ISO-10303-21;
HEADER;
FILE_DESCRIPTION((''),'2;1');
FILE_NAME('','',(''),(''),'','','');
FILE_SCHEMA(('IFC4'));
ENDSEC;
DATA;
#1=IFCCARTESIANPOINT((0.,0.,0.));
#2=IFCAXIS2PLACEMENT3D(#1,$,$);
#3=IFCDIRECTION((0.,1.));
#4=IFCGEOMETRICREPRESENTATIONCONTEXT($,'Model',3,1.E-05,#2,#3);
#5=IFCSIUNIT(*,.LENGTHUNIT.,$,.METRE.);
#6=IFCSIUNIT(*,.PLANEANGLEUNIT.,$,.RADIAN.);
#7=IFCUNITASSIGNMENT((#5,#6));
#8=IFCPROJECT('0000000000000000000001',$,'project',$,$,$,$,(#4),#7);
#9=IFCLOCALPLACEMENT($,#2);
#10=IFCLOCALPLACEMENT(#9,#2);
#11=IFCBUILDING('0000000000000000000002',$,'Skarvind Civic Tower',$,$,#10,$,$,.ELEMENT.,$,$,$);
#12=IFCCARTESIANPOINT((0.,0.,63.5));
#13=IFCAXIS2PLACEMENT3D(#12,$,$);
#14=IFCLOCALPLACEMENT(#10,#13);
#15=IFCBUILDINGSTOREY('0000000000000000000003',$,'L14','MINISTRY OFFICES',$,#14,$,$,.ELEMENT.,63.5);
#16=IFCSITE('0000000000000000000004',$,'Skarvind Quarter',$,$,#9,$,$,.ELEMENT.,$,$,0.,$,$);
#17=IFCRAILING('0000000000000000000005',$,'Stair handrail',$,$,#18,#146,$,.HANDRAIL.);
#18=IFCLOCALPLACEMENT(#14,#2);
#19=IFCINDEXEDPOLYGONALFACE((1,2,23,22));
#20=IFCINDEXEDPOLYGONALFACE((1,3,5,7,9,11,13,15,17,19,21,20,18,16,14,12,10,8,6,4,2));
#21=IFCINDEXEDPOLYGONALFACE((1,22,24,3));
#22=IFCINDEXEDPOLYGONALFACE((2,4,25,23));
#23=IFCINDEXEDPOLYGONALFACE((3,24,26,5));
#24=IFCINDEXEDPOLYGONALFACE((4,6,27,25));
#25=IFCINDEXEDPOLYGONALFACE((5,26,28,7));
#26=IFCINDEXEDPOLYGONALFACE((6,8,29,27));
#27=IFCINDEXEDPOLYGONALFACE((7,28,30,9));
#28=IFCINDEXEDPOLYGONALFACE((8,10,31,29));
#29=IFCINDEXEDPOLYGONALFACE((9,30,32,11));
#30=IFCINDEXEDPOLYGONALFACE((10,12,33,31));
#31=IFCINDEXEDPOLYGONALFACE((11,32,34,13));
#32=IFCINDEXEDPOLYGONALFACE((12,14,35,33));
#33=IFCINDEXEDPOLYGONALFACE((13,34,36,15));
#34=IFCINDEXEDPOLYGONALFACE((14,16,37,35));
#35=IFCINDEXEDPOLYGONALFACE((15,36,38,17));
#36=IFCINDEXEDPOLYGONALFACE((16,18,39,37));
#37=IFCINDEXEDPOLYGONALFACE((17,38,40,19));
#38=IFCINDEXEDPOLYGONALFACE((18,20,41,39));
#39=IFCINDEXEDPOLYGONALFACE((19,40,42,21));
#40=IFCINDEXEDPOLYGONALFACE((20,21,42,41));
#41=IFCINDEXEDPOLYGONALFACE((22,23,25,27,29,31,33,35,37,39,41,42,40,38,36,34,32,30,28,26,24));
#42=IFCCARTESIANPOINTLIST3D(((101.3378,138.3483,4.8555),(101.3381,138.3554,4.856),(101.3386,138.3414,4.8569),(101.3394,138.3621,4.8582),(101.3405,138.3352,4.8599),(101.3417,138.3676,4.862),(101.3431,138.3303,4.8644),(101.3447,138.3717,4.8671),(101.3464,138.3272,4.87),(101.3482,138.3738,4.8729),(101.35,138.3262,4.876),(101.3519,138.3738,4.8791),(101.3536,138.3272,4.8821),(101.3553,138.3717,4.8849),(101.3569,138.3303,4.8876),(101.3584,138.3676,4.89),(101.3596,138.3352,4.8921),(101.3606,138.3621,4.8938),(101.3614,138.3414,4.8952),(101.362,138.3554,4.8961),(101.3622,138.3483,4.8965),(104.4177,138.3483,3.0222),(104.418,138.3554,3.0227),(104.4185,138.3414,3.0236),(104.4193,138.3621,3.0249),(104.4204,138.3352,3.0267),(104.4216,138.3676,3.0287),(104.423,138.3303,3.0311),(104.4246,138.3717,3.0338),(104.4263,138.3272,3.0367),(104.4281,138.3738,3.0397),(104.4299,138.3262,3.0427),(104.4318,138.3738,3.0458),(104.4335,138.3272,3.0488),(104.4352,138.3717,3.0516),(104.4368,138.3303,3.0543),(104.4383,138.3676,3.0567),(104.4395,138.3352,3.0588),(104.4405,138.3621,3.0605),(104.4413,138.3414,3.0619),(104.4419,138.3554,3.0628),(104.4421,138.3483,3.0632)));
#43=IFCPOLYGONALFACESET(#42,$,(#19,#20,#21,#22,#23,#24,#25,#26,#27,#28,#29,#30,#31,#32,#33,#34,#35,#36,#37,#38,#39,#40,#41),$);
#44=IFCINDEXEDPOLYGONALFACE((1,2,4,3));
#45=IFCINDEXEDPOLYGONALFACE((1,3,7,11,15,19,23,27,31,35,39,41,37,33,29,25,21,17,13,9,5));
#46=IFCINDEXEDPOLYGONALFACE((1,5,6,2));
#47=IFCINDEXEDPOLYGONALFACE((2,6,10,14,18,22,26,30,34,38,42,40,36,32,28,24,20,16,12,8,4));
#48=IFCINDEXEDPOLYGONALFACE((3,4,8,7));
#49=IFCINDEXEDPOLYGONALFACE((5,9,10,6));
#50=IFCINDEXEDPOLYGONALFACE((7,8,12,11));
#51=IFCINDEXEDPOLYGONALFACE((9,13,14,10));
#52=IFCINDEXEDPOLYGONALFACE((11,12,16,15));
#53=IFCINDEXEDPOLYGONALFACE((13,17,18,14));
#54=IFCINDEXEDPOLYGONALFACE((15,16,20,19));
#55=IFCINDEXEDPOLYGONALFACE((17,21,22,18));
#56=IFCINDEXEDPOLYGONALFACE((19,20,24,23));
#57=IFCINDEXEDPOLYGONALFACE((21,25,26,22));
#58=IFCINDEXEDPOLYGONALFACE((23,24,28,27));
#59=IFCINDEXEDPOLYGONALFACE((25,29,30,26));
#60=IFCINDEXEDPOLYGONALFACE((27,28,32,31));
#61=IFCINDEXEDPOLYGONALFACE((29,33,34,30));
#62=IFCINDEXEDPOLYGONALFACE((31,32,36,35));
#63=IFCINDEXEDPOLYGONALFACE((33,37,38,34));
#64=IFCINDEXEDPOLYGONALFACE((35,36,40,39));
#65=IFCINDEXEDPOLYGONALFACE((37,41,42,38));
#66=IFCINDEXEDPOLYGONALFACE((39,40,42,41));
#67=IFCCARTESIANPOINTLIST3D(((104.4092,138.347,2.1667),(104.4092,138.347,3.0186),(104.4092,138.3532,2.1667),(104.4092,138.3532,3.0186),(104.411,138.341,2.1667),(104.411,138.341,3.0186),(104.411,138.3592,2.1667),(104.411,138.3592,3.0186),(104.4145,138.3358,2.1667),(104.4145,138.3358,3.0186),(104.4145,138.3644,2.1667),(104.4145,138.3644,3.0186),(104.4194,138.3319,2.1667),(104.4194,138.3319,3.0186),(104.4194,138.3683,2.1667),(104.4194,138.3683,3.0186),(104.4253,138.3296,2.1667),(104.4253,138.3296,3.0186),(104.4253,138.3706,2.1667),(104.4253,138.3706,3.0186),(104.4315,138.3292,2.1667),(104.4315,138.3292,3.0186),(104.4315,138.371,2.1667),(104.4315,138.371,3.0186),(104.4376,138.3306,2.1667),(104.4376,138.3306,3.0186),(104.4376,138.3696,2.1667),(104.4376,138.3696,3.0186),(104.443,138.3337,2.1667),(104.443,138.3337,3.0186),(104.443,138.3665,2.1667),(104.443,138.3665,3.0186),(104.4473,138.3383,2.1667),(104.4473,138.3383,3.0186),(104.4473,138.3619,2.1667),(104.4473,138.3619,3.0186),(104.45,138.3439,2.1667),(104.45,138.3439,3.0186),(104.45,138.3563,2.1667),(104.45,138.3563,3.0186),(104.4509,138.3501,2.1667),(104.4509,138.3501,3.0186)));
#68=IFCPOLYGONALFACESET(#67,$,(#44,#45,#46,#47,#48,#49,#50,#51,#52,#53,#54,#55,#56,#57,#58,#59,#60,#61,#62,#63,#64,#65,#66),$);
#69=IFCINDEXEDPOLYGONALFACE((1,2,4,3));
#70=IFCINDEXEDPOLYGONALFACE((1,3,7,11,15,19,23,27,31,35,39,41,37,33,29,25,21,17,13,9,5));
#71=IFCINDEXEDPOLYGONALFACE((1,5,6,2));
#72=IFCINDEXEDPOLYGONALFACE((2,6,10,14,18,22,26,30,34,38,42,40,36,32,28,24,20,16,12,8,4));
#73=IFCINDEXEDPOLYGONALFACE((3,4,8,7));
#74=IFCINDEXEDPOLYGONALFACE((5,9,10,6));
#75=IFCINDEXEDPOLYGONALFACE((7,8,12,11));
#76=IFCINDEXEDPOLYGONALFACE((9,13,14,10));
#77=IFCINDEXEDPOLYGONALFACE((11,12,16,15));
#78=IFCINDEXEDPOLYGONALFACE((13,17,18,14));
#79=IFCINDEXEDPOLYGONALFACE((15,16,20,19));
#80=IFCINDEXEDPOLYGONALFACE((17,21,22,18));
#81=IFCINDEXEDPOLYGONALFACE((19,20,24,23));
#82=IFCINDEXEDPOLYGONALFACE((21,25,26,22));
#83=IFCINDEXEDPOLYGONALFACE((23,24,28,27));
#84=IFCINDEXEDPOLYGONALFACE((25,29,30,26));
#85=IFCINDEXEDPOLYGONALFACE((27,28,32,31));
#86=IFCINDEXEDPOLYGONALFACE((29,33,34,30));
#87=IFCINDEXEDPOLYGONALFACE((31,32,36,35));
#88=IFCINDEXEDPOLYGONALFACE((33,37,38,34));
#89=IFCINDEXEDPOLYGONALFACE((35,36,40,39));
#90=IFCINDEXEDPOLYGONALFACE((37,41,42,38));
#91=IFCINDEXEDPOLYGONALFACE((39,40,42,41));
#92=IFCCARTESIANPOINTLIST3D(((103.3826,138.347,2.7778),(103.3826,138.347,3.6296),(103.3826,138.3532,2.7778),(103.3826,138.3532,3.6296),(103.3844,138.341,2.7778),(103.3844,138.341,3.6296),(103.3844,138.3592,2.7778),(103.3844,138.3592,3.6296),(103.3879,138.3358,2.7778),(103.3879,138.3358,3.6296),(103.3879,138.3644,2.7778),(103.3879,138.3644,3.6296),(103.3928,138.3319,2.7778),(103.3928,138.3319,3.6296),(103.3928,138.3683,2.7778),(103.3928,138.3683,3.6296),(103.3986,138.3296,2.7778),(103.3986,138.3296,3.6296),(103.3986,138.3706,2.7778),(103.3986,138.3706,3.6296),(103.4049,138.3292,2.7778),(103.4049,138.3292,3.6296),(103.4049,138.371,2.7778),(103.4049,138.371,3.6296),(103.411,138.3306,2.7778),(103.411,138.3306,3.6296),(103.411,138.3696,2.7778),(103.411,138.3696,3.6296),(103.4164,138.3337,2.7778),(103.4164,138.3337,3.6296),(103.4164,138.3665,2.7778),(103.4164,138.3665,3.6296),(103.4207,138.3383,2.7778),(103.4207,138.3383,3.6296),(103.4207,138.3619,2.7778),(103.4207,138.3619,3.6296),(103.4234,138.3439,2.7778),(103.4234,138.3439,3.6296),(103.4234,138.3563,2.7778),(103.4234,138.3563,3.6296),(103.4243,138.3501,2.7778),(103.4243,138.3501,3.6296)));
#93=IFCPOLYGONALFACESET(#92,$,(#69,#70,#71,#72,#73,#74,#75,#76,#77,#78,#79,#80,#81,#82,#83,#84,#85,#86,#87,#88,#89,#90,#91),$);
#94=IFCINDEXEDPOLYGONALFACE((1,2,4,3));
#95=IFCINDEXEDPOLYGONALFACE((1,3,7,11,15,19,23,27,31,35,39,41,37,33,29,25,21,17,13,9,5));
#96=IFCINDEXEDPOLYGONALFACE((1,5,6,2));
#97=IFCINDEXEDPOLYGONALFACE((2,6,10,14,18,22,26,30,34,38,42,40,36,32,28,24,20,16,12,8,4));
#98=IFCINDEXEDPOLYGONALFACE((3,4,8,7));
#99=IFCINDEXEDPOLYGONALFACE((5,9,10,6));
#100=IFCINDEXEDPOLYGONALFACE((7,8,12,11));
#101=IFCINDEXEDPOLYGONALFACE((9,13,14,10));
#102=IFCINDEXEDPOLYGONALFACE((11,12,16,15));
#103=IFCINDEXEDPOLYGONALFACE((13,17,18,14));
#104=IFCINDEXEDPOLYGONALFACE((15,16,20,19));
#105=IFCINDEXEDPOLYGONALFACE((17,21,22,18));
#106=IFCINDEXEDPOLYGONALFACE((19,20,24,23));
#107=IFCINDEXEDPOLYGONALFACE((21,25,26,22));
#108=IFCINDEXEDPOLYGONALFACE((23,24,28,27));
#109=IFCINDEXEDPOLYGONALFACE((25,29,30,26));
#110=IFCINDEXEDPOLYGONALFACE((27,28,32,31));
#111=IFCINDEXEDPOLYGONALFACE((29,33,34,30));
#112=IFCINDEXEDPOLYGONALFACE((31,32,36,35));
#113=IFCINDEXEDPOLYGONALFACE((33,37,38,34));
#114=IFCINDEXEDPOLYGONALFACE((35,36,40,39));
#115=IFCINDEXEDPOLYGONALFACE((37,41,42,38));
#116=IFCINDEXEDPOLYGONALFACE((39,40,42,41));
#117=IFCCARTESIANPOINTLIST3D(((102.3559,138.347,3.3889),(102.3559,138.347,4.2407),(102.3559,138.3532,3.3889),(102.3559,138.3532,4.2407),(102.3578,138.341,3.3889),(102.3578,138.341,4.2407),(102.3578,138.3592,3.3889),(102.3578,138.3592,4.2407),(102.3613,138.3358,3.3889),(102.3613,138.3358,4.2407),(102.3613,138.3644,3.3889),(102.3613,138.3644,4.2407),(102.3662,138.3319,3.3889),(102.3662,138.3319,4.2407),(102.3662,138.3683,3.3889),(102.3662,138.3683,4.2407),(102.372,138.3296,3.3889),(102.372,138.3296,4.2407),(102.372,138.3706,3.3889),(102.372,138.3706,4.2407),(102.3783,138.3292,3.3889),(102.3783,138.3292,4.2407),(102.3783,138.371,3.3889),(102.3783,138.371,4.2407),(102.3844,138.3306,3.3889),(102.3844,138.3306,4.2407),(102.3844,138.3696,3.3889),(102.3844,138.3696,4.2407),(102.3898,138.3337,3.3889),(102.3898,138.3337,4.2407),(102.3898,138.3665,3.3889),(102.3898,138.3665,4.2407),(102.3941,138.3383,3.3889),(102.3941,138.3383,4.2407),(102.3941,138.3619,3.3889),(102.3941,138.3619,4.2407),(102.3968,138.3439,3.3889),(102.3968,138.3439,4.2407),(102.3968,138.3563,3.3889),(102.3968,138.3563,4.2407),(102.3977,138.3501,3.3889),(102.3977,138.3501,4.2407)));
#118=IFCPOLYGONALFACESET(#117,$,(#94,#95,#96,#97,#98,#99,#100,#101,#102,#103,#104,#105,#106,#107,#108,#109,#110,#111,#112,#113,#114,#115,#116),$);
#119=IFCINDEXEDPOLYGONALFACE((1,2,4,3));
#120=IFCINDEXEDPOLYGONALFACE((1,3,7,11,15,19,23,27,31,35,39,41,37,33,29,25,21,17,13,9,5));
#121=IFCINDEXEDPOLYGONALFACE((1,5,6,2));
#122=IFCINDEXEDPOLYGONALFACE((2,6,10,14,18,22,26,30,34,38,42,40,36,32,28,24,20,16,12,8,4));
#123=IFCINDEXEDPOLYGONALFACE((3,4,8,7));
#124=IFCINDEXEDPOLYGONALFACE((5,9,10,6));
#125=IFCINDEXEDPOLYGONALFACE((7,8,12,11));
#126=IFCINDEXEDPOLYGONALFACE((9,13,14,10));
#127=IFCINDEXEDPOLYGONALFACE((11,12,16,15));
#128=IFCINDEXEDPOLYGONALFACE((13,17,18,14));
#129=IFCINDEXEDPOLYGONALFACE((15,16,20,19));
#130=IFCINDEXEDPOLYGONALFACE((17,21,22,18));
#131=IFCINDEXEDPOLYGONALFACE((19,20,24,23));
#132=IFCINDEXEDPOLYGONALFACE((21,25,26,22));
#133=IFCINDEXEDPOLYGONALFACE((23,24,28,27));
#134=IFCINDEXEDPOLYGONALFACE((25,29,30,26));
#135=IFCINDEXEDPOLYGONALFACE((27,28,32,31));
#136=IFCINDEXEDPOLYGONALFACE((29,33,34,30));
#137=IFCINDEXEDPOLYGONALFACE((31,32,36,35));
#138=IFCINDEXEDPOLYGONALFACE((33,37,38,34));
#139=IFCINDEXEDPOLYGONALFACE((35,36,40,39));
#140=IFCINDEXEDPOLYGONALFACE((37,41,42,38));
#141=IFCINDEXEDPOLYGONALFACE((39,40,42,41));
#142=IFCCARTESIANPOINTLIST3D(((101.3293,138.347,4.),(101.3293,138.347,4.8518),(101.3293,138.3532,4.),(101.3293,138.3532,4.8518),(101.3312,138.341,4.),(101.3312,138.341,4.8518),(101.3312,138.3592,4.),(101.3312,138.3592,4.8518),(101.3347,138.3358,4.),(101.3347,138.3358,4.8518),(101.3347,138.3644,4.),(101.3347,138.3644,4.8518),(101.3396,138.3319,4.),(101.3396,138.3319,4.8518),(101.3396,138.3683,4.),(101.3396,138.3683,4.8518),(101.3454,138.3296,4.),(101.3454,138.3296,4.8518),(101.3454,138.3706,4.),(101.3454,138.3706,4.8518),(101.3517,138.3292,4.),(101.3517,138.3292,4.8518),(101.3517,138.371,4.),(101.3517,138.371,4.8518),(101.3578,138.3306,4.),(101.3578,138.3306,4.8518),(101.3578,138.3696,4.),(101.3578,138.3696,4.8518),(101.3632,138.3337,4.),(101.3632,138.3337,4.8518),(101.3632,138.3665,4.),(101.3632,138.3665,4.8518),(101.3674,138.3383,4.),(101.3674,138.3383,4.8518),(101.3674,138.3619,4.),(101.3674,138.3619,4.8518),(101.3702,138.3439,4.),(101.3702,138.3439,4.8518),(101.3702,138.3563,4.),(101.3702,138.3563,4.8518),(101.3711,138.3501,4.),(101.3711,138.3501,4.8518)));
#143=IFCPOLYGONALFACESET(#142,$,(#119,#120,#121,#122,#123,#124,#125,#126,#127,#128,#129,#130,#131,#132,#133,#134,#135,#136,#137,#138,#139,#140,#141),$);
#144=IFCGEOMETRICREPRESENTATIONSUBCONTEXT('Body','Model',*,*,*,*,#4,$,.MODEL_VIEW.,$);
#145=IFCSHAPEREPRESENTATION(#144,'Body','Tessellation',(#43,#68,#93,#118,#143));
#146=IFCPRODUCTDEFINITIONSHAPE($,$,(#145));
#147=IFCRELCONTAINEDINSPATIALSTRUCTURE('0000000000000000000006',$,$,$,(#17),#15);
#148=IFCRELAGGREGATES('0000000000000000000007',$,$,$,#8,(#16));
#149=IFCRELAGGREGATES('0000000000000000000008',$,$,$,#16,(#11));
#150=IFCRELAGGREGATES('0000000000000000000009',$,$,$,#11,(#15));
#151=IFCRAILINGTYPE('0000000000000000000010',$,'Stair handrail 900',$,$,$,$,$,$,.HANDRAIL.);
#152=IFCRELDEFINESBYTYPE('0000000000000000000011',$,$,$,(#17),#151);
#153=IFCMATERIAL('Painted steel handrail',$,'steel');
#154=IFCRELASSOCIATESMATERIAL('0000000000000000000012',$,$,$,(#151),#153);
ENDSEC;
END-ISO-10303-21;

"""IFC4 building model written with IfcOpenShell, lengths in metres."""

from ifc_helpers import new_model, si_unit, direction, frame, origin, origin_2d, place, context, subcontext, project, spatial, circle, extrude, material, type_object, element, save


model = new_model("IFC4")

# Units and contexts
model_context = context("Model", 3, precision=1e-05, world=origin(), true_north=direction((0.0, 1.0)))
body_context = subcontext(model_context, "Body", "Model", "MODEL_VIEW")
ifc_project = project(units=[si_unit("LENGTHUNIT", "METRE"), si_unit("PLANEANGLEUNIT", "RADIAN")], contexts=[model_context])

# Site, building, storey
site_placement = place(None, origin())
site = spatial("IfcSite", under=ifc_project, at=site_placement, Name="Skarvind Quarter", CompositionType="ELEMENT", RefElevation=0.0)
building_placement = place(site_placement, origin())
building = spatial("IfcBuilding", under=site, at=building_placement, Name="Skarvind Civic Tower", CompositionType="ELEMENT")
storey_placement = place(building_placement, frame((0.0, 0.0, 63.5)))
storey = spatial("IfcBuildingStorey", under=building, at=storey_placement, Name="L14", Description="MINISTRY OFFICES", CompositionType="ELEMENT", Elevation=63.5)

# Railing
ifc_material_1 = material(Name="Painted steel handrail", Category="steel")
railing_type = type_object("IfcRailingType", Name="Stair handrail 900", PredefinedType="HANDRAIL", material=ifc_material_1)
railing_1_placement = place(storey_placement, frame((104.4299, 138.3501, 2.1667)))
element("IfcRailing", 1, at=railing_1_placement, inside=storey, type_object=railing_type, Name="Stair handrail", PredefinedType="HANDRAIL", context=body_context, shape_type="SweptSolid", body=[
    extrude(circle(Radius=0.0239, at=origin_2d()), frame((0.0, 0.0, 0.876), z_axis=(-0.859291, 0.0, 0.511487), x_axis=(0.0, -1.0, 0.0)), (0.0, 0.0, 1.0), 3.5842),
    extrude(circle(Radius=0.021, at=origin_2d()), origin(), (0.0, 0.0, 1.0), 0.8518),
    extrude(circle(Radius=0.021, at=origin_2d()), frame((-1.0266, 0.0, 0.6111)), (0.0, 0.0, 1.0), 0.8518),
    extrude(circle(Radius=0.021, at=origin_2d()), frame((-2.0532, 0.0, 1.2222)), (0.0, 0.0, 1.0), 0.8518),
    extrude(circle(Radius=0.021, at=origin_2d()), frame((-3.0798, 0.0, 1.8333)), (0.0, 0.0, 1.0), 0.8518),
])

save(model, "model.ifc")
